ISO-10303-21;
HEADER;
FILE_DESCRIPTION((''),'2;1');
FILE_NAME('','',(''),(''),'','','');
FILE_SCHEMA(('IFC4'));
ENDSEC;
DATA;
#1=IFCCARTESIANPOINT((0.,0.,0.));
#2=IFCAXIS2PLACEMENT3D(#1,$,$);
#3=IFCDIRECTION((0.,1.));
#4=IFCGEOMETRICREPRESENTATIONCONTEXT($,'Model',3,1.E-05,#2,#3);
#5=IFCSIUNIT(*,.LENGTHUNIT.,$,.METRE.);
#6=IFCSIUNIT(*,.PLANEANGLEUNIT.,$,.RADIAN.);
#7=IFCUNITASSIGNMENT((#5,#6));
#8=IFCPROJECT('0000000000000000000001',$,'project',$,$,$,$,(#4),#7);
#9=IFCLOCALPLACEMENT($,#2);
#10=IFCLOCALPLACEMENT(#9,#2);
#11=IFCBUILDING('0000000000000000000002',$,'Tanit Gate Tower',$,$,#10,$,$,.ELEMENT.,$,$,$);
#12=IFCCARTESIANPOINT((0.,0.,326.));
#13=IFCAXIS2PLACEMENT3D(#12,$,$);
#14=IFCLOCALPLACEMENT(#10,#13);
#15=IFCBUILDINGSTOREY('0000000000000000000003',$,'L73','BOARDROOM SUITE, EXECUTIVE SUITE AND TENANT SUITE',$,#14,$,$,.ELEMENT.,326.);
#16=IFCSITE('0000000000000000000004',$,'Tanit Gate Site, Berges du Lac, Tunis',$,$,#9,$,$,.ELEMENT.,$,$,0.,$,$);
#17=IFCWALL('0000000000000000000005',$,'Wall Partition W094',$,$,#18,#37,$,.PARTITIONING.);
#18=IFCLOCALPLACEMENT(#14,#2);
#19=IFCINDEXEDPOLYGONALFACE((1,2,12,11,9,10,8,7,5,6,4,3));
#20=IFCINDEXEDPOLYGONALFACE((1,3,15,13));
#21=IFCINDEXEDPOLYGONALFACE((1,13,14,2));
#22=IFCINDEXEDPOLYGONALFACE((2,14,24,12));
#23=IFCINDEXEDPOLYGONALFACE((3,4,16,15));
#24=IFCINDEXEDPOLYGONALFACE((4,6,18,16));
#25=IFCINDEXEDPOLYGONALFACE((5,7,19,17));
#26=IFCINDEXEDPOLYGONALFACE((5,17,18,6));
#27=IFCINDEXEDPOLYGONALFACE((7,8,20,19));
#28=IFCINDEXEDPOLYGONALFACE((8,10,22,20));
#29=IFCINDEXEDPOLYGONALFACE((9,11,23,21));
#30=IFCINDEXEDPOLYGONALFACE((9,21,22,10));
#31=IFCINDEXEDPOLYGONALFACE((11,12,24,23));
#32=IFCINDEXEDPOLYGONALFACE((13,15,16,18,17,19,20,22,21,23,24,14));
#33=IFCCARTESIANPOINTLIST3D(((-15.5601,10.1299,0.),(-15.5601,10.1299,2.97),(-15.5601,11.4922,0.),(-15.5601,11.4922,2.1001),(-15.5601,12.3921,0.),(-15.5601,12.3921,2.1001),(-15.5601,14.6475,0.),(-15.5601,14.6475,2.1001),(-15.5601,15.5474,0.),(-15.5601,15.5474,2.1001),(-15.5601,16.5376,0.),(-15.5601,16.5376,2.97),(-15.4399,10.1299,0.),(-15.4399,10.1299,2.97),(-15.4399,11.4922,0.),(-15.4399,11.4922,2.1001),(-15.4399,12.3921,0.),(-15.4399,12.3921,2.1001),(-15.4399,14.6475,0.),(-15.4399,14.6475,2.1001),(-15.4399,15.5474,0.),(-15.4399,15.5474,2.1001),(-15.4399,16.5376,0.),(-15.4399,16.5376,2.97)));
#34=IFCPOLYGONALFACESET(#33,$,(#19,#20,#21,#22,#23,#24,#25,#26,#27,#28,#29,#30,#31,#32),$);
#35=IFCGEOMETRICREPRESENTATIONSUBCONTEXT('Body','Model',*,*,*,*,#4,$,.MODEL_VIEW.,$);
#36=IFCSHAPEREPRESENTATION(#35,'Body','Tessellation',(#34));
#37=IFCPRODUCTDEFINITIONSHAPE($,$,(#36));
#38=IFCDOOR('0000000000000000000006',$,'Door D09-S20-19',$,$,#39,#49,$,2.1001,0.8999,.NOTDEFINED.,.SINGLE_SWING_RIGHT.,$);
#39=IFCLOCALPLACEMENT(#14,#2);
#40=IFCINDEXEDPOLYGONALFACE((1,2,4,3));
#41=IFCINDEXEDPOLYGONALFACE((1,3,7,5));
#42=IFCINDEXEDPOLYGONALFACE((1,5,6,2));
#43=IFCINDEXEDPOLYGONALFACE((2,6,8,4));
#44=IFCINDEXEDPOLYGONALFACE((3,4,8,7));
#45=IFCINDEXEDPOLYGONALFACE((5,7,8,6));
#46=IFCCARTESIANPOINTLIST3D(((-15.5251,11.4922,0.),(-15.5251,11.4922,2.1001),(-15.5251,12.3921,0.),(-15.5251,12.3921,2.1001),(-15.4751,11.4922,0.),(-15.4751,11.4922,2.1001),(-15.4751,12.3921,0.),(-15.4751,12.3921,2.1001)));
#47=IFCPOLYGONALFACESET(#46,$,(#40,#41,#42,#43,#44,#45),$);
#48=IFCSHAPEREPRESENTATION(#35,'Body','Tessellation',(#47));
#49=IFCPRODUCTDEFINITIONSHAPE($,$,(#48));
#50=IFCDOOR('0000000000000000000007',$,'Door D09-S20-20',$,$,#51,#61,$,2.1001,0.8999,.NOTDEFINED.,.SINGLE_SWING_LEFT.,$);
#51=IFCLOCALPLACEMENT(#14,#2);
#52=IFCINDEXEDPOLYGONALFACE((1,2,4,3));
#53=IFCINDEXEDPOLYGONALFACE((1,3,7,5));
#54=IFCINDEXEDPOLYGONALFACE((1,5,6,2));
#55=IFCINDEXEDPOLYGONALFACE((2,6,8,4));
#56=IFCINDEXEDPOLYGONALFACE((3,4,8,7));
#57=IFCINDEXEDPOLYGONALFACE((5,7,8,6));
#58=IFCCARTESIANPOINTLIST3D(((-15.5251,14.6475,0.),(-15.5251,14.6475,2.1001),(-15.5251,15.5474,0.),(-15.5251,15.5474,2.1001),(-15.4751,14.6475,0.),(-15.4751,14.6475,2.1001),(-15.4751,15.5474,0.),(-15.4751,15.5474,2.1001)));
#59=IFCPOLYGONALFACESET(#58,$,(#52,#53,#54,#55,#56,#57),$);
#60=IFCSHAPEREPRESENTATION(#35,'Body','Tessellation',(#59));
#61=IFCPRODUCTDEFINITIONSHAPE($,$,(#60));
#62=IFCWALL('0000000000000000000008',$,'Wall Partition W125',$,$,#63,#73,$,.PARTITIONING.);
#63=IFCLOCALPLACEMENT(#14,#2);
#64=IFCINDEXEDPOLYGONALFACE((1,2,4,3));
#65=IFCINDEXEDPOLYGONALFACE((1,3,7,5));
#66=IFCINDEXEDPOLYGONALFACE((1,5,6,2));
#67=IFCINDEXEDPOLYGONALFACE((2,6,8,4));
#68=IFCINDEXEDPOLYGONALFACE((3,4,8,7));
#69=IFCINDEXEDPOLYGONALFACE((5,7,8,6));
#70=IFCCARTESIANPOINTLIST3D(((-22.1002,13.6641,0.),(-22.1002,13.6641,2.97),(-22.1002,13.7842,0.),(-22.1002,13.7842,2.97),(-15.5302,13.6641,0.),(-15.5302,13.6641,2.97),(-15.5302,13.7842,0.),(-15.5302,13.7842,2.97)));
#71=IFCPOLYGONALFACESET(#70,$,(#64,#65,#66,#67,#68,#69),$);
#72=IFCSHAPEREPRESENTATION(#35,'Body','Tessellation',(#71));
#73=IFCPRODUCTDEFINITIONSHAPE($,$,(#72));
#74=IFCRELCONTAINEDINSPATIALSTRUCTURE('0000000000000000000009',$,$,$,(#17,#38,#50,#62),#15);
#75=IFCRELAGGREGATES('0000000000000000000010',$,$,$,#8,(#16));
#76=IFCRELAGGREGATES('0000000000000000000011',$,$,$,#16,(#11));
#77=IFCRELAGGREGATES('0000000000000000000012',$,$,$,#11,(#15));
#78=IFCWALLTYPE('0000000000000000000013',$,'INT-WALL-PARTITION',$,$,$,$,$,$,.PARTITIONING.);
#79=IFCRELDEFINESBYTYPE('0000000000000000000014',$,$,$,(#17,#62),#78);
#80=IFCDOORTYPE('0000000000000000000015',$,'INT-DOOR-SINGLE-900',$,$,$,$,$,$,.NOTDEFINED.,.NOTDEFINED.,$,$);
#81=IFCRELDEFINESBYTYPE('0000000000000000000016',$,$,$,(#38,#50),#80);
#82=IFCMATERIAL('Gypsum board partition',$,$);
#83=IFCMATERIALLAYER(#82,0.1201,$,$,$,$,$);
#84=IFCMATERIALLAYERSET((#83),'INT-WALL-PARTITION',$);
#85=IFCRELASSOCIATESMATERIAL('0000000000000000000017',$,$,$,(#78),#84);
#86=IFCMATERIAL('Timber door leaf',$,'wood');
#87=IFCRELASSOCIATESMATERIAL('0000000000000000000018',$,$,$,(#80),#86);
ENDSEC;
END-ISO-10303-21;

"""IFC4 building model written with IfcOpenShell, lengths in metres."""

from ifc_helpers import new_model, si_unit, direction, frame, frame_2d, origin, place, context, subcontext, project, spatial, rectangle, extrude, material, layer, layer_set, type_object, element, fill, save


model = new_model("IFC4")

# Units and contexts
model_context = context("Model", 3, precision=1e-05, world=origin(), true_north=direction((0.0, 1.0)))
body_context = subcontext(model_context, "Body", "Model", "MODEL_VIEW")
ifc_project = project(units=[si_unit("LENGTHUNIT", "METRE"), si_unit("PLANEANGLEUNIT", "RADIAN")], contexts=[model_context])

# Site, building, storey
site_placement = place(None, origin())
site = spatial("IfcSite", under=ifc_project, at=site_placement, Name="Tanit Gate Site, Berges du Lac, Tunis", CompositionType="ELEMENT", RefElevation=0.0)
building_placement = place(site_placement, origin())
building = spatial("IfcBuilding", under=site, at=building_placement, Name="Tanit Gate Tower", CompositionType="ELEMENT")
storey_placement = place(building_placement, frame((0.0, 0.0, 326.0)))
storey = spatial("IfcBuildingStorey", under=building, at=storey_placement, Name="L73", Description="BOARDROOM SUITE, EXECUTIVE SUITE AND TENANT SUITE", CompositionType="ELEMENT", Elevation=326.0)

# Wall, openings, doors
ifc_material_1 = material(Name="Gypsum board partition")
ifc_layer_1 = layer(ifc_material_1, 0.1201)
ifc_layer_set_1 = layer_set([ifc_layer_1], Name="INT-WALL-PARTITION")
wall_type_1 = type_object("IfcWallType", Name="INT-WALL-PARTITION", PredefinedType="PARTITIONING", material=ifc_layer_set_1)
wall_1_placement = place(storey_placement, frame((-15.5, 16.5376, 0.0), z_axis=(0.0, 0.0, 1.0), x_axis=(0.0, -1.0, 0.0)))
wall_1 = element("IfcWall", 1, at=wall_1_placement, inside=storey, type_object=wall_type_1, Name="Wall Partition W094", PredefinedType="PARTITIONING", context=body_context, shape_type="SweptSolid", body=[
    extrude(rectangle(XDim=6.4077, YDim=0.1201, at=frame_2d((3.2039, 0.0))), origin(), (0.0, 0.0, 1.0), 2.97),
])
opening_1_placement = place(wall_1_placement, frame((4.1455, 0.0, 0.0)))
opening_1 = element("IfcOpeningElement", 2, at=opening_1_placement, cuts=wall_1, PredefinedType="OPENING", context=body_context, shape_type="SweptSolid", body=[
    extrude(rectangle(XDim=0.8999, YDim=2.1001, at=frame_2d((0.45, 1.05))), frame((0.0, 0.0701, 0.0), z_axis=(0.0, -1.0, 0.0), x_axis=(1.0, 0.0, 0.0)), (0.0, 0.0, 1.0), 0.1401),
])
opening_2_placement = place(wall_1_placement, frame((0.9902, 0.0, 0.0)))
opening_2 = element("IfcOpeningElement", 3, at=opening_2_placement, cuts=wall_1, PredefinedType="OPENING", context=body_context, shape_type="SweptSolid", body=[
    extrude(rectangle(XDim=0.8999, YDim=2.1001, at=frame_2d((0.45, 1.05))), frame((0.0, 0.0701, 0.0), z_axis=(0.0, -1.0, 0.0), x_axis=(1.0, 0.0, 0.0)), (0.0, 0.0, 1.0), 0.1401),
])
ifc_material_2 = material(Name="Timber door leaf", Category="wood")
door_type_1 = type_object("IfcDoorType", Name="INT-DOOR-SINGLE-900", OperationType="NOTDEFINED", PredefinedType="NOTDEFINED", material=ifc_material_2)
door_1_placement = place(opening_1_placement, origin())
door_1 = element("IfcDoor", 4, at=door_1_placement, inside=storey, type_object=door_type_1, Name="Door D09-S20-19", OperationType="SINGLE_SWING_RIGHT", OverallHeight=2.1001, OverallWidth=0.8999, PredefinedType="NOTDEFINED", context=body_context, shape_type="SweptSolid", body=[
    extrude(rectangle(XDim=0.8999, YDim=2.1001, at=frame_2d((0.45, 1.05))), frame((0.0, 0.0249, 0.0), z_axis=(0.0, -1.0, 0.0), x_axis=(1.0, 0.0, 0.0)), (0.0, 0.0, 1.0), 0.05),
])
fill(opening_1, door_1)
door_2_placement = place(opening_2_placement, origin())
door_2 = element("IfcDoor", 5, at=door_2_placement, inside=storey, type_object=door_type_1, Name="Door D09-S20-20", OperationType="SINGLE_SWING_LEFT", OverallHeight=2.1001, OverallWidth=0.8999, PredefinedType="NOTDEFINED", context=body_context, shape_type="SweptSolid", body=[
    extrude(rectangle(XDim=0.8999, YDim=2.1001, at=frame_2d((0.45, 1.05))), frame((0.0, 0.0249, 0.0), z_axis=(0.0, -1.0, 0.0), x_axis=(1.0, 0.0, 0.0)), (0.0, 0.0, 1.0), 0.05),
])
fill(opening_2, door_2)

# Wall
wall_2_placement = place(storey_placement, frame((-15.53, 13.7241, 0.0), z_axis=(0.0, 0.0, 1.0), x_axis=(-1.0, 0.0, 0.0)))
element("IfcWall", 6, at=wall_2_placement, inside=storey, type_object=wall_type_1, Name="Wall Partition W125", PredefinedType="PARTITIONING", context=body_context, shape_type="SweptSolid", body=[
    extrude(rectangle(XDim=6.5701, YDim=0.1201, at=frame_2d((3.2852, 0.0))), origin(), (0.0, 0.0, 1.0), 2.97),
])

save(model, "model.ifc")
